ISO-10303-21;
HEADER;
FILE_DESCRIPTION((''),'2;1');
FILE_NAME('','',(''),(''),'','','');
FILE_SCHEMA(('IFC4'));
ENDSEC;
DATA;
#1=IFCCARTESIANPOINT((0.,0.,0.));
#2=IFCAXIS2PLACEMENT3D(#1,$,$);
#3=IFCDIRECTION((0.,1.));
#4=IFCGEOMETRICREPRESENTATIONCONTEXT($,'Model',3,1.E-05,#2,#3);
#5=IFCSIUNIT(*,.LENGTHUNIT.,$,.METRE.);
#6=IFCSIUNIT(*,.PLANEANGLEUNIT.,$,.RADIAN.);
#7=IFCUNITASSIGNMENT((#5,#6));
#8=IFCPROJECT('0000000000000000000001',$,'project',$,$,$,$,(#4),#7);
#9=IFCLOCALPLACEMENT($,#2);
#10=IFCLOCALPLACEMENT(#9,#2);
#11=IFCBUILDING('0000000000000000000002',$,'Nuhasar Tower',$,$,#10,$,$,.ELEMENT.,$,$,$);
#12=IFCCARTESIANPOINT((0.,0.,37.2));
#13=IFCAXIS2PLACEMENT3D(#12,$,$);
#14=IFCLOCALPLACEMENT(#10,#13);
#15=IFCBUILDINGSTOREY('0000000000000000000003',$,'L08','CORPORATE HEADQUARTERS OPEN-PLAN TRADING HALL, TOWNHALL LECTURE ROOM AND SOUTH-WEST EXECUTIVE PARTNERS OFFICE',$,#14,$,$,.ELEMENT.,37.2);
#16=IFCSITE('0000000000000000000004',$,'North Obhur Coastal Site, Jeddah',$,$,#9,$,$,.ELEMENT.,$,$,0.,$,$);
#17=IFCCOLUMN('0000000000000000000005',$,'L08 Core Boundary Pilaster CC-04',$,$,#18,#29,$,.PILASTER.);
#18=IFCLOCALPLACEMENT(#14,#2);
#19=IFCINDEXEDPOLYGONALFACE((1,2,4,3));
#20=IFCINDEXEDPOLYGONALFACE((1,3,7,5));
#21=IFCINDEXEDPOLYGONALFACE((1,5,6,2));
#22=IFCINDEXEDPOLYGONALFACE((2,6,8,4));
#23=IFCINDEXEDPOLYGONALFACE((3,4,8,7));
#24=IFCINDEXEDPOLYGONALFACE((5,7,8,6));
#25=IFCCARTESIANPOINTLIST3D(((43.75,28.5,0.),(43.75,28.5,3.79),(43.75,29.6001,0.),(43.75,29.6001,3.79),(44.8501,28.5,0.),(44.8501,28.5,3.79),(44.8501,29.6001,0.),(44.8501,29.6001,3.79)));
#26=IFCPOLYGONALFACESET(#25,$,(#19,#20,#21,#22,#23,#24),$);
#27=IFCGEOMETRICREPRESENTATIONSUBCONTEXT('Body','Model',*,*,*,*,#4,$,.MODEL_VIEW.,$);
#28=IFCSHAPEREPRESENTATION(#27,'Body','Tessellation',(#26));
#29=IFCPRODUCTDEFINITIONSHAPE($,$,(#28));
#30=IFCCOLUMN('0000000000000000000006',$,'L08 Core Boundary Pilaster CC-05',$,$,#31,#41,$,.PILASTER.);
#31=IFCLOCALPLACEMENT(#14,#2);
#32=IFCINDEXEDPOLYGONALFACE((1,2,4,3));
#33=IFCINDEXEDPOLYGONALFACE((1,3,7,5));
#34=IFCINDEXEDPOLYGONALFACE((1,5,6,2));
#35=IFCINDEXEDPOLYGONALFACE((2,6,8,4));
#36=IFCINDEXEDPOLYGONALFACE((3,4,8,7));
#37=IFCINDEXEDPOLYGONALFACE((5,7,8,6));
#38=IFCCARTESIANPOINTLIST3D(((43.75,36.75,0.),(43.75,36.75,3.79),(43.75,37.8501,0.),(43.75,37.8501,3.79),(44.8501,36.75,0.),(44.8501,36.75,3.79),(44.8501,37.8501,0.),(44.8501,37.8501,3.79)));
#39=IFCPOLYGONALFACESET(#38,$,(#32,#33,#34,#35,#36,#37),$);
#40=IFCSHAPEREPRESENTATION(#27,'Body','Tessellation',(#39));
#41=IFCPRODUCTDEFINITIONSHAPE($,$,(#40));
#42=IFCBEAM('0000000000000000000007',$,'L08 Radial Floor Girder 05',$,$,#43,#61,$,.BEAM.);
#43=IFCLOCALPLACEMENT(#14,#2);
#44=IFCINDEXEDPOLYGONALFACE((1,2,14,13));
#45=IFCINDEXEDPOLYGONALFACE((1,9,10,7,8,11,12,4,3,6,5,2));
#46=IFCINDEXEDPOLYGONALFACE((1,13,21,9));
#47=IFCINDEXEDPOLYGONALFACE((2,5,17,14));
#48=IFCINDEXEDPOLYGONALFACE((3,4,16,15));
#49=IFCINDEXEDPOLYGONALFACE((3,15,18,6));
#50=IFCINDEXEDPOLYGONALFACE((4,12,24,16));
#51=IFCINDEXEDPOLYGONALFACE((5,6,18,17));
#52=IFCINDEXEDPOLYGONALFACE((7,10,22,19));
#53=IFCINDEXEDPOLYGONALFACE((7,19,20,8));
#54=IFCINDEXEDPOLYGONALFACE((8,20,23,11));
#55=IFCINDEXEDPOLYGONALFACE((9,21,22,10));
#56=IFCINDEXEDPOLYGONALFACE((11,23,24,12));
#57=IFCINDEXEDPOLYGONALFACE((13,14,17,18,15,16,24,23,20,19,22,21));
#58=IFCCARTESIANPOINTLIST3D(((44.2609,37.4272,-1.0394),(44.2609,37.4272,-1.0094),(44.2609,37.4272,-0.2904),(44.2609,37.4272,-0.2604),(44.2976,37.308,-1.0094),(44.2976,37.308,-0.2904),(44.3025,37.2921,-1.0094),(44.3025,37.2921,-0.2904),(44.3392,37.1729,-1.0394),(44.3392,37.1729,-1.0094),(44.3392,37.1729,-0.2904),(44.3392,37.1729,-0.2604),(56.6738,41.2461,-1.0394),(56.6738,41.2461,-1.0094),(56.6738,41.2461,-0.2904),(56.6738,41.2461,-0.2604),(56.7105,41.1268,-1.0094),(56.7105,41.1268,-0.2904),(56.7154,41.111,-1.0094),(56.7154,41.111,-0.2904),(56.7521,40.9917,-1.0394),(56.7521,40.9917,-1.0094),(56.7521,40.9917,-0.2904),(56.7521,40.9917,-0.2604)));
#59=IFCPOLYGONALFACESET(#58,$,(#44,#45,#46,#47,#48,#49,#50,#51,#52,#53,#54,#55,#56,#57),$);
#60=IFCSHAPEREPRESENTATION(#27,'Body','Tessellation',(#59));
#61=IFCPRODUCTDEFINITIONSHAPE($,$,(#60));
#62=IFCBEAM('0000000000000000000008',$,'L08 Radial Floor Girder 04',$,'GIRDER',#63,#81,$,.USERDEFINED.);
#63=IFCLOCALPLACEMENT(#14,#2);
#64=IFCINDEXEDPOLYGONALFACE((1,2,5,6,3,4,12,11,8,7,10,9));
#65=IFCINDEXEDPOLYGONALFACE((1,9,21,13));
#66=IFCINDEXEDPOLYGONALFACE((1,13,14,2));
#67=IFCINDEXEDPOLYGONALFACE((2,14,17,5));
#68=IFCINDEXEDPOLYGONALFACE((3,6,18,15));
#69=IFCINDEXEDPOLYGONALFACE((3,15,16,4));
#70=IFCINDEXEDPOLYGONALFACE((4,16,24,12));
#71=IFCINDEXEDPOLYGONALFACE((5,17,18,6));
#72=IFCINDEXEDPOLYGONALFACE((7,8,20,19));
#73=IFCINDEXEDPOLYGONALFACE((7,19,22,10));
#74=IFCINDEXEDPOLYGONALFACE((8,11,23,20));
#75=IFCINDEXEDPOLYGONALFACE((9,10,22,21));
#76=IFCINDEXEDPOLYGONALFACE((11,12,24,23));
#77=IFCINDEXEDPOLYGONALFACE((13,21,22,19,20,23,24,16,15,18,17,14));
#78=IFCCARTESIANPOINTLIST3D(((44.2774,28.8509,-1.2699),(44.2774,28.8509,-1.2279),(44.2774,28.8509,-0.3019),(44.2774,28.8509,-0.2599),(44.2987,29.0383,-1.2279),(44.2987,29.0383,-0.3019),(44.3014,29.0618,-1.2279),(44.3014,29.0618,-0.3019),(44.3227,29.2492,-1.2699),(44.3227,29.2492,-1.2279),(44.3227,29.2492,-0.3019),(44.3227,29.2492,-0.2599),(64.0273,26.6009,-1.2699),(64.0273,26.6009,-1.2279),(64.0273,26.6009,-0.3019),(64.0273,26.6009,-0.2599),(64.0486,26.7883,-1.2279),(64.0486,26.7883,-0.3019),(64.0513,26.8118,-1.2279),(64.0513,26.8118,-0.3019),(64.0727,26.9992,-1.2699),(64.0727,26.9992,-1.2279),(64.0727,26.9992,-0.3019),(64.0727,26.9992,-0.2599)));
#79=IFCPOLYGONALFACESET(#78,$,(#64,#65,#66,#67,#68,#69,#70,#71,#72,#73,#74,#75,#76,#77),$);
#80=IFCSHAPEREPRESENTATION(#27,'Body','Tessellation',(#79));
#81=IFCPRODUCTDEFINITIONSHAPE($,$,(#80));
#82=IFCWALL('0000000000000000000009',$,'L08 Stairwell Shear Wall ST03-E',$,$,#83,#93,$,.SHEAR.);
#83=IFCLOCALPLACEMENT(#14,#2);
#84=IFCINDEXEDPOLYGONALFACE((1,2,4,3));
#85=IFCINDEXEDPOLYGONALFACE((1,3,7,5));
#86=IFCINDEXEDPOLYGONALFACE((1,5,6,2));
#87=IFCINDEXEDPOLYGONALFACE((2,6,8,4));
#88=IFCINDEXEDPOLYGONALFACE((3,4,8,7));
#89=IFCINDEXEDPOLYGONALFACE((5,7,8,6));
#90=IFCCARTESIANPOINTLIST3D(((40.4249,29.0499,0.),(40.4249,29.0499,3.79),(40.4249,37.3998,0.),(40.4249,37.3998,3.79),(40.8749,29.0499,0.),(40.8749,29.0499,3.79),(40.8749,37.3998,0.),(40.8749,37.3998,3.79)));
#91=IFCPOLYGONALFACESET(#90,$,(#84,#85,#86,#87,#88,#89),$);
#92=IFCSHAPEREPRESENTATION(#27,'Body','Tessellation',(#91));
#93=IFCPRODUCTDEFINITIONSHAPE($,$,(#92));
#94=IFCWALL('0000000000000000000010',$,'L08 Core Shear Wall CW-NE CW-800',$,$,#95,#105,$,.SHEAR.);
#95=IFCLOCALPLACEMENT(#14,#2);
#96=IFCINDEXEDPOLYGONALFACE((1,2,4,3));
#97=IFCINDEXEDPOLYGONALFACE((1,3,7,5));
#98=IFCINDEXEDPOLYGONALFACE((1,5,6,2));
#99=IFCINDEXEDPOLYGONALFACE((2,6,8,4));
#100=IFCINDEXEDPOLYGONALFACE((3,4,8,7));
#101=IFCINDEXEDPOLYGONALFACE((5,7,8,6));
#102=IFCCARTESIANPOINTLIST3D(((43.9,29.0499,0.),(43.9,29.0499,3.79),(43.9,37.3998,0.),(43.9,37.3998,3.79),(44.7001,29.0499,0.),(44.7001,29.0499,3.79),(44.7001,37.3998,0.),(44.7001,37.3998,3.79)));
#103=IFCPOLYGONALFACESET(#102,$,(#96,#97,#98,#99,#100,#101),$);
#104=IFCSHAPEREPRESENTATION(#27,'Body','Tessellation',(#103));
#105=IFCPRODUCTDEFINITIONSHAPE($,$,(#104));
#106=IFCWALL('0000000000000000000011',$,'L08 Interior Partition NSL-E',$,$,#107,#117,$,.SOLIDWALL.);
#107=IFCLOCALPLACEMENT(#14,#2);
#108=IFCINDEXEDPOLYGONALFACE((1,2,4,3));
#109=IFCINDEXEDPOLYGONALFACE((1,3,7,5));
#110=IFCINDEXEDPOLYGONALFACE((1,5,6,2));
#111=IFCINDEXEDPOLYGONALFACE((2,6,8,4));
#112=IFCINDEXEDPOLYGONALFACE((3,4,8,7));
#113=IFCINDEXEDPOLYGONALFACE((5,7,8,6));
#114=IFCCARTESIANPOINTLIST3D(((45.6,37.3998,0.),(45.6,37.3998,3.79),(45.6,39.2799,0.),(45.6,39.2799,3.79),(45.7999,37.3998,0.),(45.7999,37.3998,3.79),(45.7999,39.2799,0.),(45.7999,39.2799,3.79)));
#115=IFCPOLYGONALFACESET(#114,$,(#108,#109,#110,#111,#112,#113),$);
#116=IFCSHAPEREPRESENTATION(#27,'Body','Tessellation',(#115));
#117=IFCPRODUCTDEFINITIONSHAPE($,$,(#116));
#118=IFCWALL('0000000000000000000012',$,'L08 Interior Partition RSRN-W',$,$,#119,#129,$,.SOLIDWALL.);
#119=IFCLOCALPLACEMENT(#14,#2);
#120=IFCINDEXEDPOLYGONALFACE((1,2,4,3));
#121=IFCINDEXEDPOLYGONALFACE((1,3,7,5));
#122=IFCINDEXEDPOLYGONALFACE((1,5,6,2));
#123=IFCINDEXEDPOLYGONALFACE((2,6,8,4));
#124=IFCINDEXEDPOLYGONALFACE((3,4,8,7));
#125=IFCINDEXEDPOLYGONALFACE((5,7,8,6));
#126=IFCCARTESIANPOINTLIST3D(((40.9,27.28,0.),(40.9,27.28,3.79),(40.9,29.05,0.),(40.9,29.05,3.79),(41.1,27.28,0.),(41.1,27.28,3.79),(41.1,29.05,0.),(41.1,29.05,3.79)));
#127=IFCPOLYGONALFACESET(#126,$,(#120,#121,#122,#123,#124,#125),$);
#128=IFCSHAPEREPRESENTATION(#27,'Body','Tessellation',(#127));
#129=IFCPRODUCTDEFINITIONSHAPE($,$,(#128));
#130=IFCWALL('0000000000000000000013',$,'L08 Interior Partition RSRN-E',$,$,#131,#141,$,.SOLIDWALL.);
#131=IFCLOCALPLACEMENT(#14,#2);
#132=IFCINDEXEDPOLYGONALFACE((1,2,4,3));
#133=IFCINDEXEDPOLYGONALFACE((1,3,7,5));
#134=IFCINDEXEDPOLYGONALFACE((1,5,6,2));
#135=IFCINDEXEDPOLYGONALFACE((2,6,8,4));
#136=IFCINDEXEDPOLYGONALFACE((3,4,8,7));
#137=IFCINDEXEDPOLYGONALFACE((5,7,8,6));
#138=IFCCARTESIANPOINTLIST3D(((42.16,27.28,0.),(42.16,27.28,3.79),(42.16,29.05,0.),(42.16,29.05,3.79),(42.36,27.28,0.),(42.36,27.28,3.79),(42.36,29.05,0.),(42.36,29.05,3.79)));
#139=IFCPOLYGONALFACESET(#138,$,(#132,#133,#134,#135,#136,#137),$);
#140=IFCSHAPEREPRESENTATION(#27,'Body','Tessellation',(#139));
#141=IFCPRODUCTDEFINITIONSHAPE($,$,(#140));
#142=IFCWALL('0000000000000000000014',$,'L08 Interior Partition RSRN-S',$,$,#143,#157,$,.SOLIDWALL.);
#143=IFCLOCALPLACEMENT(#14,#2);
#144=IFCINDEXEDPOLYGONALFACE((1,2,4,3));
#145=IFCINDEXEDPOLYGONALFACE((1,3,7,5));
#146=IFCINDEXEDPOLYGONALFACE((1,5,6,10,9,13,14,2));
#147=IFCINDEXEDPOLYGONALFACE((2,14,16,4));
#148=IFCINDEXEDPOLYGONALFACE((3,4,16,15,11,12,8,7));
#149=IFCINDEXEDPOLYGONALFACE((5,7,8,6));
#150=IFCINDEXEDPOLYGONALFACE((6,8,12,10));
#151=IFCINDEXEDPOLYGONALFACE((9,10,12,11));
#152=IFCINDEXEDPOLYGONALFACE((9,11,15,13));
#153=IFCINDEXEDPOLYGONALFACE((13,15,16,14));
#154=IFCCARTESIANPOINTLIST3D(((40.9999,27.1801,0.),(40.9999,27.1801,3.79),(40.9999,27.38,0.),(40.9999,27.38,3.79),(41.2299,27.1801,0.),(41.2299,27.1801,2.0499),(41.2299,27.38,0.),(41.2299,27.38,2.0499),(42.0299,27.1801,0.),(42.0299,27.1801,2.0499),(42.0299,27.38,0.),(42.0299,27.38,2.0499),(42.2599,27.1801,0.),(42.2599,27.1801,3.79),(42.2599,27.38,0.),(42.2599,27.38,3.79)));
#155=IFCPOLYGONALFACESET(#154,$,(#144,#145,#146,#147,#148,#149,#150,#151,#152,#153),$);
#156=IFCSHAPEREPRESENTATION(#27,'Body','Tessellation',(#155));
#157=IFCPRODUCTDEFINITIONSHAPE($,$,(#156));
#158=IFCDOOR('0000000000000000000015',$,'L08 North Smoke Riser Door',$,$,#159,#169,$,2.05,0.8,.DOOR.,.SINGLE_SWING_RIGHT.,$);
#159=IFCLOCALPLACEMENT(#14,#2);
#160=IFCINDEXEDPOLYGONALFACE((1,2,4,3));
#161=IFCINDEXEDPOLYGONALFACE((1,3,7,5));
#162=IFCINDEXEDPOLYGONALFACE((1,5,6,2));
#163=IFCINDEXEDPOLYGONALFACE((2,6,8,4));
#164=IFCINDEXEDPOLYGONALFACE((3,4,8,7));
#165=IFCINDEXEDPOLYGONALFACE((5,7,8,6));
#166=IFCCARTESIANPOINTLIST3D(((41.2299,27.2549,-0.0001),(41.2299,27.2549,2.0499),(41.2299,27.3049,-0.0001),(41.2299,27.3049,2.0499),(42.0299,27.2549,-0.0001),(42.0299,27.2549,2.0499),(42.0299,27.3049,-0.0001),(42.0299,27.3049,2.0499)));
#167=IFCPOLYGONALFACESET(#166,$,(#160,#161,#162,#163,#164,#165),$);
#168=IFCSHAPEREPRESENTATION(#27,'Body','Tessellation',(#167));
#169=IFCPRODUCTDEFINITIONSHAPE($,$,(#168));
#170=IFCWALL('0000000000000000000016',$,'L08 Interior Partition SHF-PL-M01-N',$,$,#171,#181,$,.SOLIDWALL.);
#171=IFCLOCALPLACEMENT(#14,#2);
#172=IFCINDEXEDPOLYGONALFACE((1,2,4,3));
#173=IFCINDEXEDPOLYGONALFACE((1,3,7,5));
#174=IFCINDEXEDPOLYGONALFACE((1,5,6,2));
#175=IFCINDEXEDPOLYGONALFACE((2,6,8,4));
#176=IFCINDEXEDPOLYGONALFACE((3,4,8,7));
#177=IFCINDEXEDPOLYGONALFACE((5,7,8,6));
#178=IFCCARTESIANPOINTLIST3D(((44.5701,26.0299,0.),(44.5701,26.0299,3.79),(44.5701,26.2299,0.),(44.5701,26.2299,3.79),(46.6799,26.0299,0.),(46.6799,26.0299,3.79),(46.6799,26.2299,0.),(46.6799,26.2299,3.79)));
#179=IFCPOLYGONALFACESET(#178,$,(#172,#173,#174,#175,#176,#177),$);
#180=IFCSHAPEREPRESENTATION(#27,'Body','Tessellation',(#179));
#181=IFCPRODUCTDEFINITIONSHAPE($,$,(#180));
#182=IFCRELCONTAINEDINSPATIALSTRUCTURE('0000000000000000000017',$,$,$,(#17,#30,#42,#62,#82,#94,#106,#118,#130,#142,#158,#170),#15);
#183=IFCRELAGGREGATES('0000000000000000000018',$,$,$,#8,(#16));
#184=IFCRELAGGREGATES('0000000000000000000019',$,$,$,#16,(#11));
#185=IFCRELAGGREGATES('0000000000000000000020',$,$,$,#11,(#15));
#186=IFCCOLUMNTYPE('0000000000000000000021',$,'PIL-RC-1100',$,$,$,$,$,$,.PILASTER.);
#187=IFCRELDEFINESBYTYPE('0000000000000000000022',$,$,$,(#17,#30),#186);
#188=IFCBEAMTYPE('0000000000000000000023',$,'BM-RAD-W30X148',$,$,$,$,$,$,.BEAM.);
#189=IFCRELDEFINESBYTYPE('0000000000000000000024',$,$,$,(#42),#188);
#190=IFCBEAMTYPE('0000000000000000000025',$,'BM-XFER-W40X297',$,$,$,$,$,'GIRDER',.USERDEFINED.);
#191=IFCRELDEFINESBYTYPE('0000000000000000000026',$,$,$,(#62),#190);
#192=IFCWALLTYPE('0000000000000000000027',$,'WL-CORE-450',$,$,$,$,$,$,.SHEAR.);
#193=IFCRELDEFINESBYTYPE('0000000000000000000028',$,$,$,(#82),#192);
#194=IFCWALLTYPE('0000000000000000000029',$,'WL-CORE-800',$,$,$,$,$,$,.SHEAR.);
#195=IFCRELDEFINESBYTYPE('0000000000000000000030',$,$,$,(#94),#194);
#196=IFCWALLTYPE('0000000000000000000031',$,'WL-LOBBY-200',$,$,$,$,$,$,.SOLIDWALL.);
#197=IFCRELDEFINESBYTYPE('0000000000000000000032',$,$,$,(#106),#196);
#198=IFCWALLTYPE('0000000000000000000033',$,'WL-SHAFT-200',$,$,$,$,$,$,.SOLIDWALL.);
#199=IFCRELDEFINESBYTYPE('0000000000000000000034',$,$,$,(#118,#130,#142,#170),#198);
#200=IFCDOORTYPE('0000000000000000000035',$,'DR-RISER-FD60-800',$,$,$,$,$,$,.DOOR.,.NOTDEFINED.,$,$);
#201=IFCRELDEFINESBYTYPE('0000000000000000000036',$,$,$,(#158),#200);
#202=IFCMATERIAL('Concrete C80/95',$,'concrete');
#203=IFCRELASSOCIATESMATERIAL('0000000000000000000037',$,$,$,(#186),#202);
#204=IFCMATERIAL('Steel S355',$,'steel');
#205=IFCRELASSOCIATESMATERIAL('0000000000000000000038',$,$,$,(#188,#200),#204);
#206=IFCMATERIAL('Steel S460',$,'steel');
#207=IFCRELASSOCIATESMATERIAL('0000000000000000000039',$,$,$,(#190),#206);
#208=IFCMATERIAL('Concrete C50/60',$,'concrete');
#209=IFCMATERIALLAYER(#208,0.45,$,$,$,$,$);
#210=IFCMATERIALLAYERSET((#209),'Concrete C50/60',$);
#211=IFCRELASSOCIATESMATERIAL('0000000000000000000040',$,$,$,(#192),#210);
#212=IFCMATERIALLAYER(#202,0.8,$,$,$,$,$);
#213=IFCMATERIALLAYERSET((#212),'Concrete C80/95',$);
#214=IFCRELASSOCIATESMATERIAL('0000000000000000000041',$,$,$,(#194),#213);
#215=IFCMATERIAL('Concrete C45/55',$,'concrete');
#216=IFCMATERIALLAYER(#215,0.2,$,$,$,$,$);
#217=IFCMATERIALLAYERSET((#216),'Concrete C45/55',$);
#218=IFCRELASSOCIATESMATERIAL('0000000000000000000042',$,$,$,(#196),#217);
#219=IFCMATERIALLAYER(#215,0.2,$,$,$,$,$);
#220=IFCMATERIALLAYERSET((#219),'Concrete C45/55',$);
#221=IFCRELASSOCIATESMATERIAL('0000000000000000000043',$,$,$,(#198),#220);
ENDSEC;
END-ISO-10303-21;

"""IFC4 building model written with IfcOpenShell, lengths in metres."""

from ifc_helpers import new_model, si_unit, direction, frame, frame_2d, origin, origin_2d, place, context, subcontext, project, spatial, rectangle, i_section, extrude, material, layer, layer_set, material_profile, profile_set, type_object, element, fill, save


model = new_model("IFC4")

# Units and contexts
model_context = context("Model", 3, precision=1e-05, world=origin(), true_north=direction((0.0, 1.0)))
body_context = subcontext(model_context, "Body", "Model", "MODEL_VIEW")
ifc_project = project(units=[si_unit("LENGTHUNIT", "METRE"), si_unit("PLANEANGLEUNIT", "RADIAN")], contexts=[model_context])

# Site, building, storey
site_placement = place(None, origin())
site = spatial("IfcSite", under=ifc_project, at=site_placement, Name="North Obhur Coastal Site, Jeddah", CompositionType="ELEMENT", RefElevation=0.0)
building_placement = place(site_placement, origin())
building = spatial("IfcBuilding", under=site, at=building_placement, Name="Nuhasar Tower", CompositionType="ELEMENT")
storey_placement = place(building_placement, frame((0.0, 0.0, 37.2)))
storey = spatial("IfcBuildingStorey", under=building, at=storey_placement, Name="L08", Description="CORPORATE HEADQUARTERS OPEN-PLAN TRADING HALL, TOWNHALL LECTURE ROOM AND SOUTH-WEST EXECUTIVE PARTNERS OFFICE", CompositionType="ELEMENT", Elevation=37.2)

# Columns
ifc_material_1 = material(Name="Concrete C80/95", Category="concrete")
ifc_material_profile_1 = material_profile(ifc_material_1, rectangle(XDim=1.1001, YDim=1.1001, at=origin_2d()), Name="RC1100X1100")
ifc_profile_set_1 = profile_set([ifc_material_profile_1], Name="Concrete C80/95")
column_type = type_object("IfcColumnType", Name="PIL-RC-1100", PredefinedType="PILASTER", material=ifc_profile_set_1)
for number, where, z_axis, x_axis, name in (
    (1, (44.3, 29.05, 0.0), (0.0, 0.0, 1.0), (1.0, 0.0, 0.0), "L08 Core Boundary Pilaster CC-04"),
    (2, (44.3, 37.3, 0.0), (0.0, 0.0, 1.0), (1.0, 0.0, 0.0), "L08 Core Boundary Pilaster CC-05"),
):
    element("IfcColumn", number, at=place(storey_placement, frame(where, z_axis=z_axis, x_axis=x_axis)), inside=storey, type_object=column_type, Name=name, PredefinedType="PILASTER", context=body_context, shape_type="SweptSolid", body=[
        extrude(rectangle(XDim=1.1001, YDim=1.1001, at=origin_2d()), origin(), (0.0, 0.0, 1.0), 3.79),
    ])

# Beams
ifc_material_2 = material(Name="Steel S355", Category="steel")
ifc_material_profile_2 = material_profile(ifc_material_2, i_section(OverallWidth=0.2661, OverallDepth=0.7791, WebThickness=0.0166, FlangeThickness=0.03, at=origin_2d()), Name="W30X148")
ifc_profile_set_2 = profile_set([ifc_material_profile_2], Name="Steel S355")
beam_type_1 = type_object("IfcBeamType", Name="BM-RAD-W30X148", PredefinedType="BEAM", material=ifc_profile_set_2)
beam_1_placement = place(storey_placement, frame((44.3, 37.3, -0.6499), z_axis=(0.95579, 0.294052, 0.0), x_axis=(-0.294052, 0.95579, 0.0)))
element("IfcBeam", 3, at=beam_1_placement, inside=storey, type_object=beam_type_1, Name="L08 Radial Floor Girder 05", PredefinedType="BEAM", context=body_context, shape_type="SweptSolid", body=[
    extrude(i_section(OverallWidth=0.2661, OverallDepth=0.7791, WebThickness=0.0166, FlangeThickness=0.03, at=origin_2d()), origin(), (0.0, 0.0, 1.0), 12.9871),
])
ifc_material_3 = material(Name="Steel S460", Category="steel")
ifc_material_profile_3 = material_profile(ifc_material_3, i_section(OverallWidth=0.4009, OverallDepth=1.01, WebThickness=0.0237, FlangeThickness=0.042, at=origin_2d()), Name="W40X297")
ifc_profile_set_3 = profile_set([ifc_material_profile_3], Name="Steel S460")
beam_type_2 = type_object("IfcBeamType", Name="BM-XFER-W40X297", ElementType="GIRDER", PredefinedType="USERDEFINED", material=ifc_profile_set_3)
beam_2_placement = place(storey_placement, frame((44.3, 29.05, -0.7649), z_axis=(0.993573, -0.113192, 0.0), x_axis=(0.113192, 0.993573, 0.0)))
element("IfcBeam", 4, at=beam_2_placement, inside=storey, type_object=beam_type_2, Name="L08 Radial Floor Girder 04", ObjectType="GIRDER", PredefinedType="USERDEFINED", context=body_context, shape_type="SweptSolid", body=[
    extrude(i_section(OverallWidth=0.4009, OverallDepth=1.01, WebThickness=0.0237, FlangeThickness=0.042, at=origin_2d()), origin(), (0.0, 0.0, 1.0), 19.8777),
])

# Shared definitions
ifc_material_4 = material(Name="Concrete C50/60", Category="concrete")
ifc_layer_1 = layer(ifc_material_4, 0.45)
ifc_layer_set_1 = layer_set([ifc_layer_1], Name="Concrete C50/60")
wall_type_1 = type_object("IfcWallType", Name="WL-CORE-450", PredefinedType="SHEAR", material=ifc_layer_set_1)

# Wall
wall_1_placement = place(storey_placement, frame((40.6499, 29.05, 0.0), z_axis=(0.0, 0.0, 1.0), x_axis=(0.0, 1.0, 0.0)))
element("IfcWall", 5, at=wall_1_placement, inside=storey, type_object=wall_type_1, Name="L08 Stairwell Shear Wall ST03-E", PredefinedType="SHEAR", context=body_context, shape_type="SweptSolid", body=[
    extrude(rectangle(XDim=8.3499, YDim=0.45, at=frame_2d((4.1748, 0.0))), origin(), (0.0, 0.0, 1.0), 3.79),
])

# Walls
ifc_layer_2 = layer(ifc_material_1, 0.8)
ifc_layer_set_2 = layer_set([ifc_layer_2], Name="Concrete C80/95")
wall_type_2 = type_object("IfcWallType", Name="WL-CORE-800", PredefinedType="SHEAR", material=ifc_layer_set_2)
wall_2_placement = place(storey_placement, frame((44.3, 29.05, 0.0), z_axis=(0.0, 0.0, 1.0), x_axis=(0.0, 1.0, 0.0)))
element("IfcWall", 6, at=wall_2_placement, inside=storey, type_object=wall_type_2, Name="L08 Core Shear Wall CW-NE CW-800", PredefinedType="SHEAR", context=body_context, shape_type="SweptSolid", body=[
    extrude(rectangle(XDim=8.3499, YDim=0.8, at=frame_2d((4.1748, 0.0))), origin(), (0.0, 0.0, 1.0), 3.79),
])
ifc_material_5 = material(Name="Concrete C45/55", Category="concrete")
ifc_layer_3 = layer(ifc_material_5, 0.2)
ifc_layer_set_3 = layer_set([ifc_layer_3], Name="Concrete C45/55")
wall_type_3 = type_object("IfcWallType", Name="WL-LOBBY-200", PredefinedType="SOLIDWALL", material=ifc_layer_set_3)
wall_3_placement = place(storey_placement, frame((45.7, 37.3999, 0.0), z_axis=(0.0, 0.0, 1.0), x_axis=(0.0, 1.0, 0.0)))
element("IfcWall", 7, at=wall_3_placement, inside=storey, type_object=wall_type_3, Name="L08 Interior Partition NSL-E", PredefinedType="SOLIDWALL", context=body_context, shape_type="SweptSolid", body=[
    extrude(rectangle(XDim=1.8801, YDim=0.2, at=frame_2d((0.9399, 0.0))), origin(), (0.0, 0.0, 1.0), 3.79),
])
ifc_layer_4 = layer(ifc_material_5, 0.2)
ifc_layer_set_4 = layer_set([ifc_layer_4], Name="Concrete C45/55")
wall_type_4 = type_object("IfcWallType", Name="WL-SHAFT-200", PredefinedType="SOLIDWALL", material=ifc_layer_set_4)
for number, where, z_axis, x_axis, name in (
    (8, (41.0, 27.28, 0.0), (0.0, 0.0, 1.0), (0.0, 1.0, 0.0), "L08 Interior Partition RSRN-W"),
    (9, (42.26, 27.28, 0.0), (0.0, 0.0, 1.0), (0.0, 1.0, 0.0), "L08 Interior Partition RSRN-E"),
):
    element("IfcWall", number, at=place(storey_placement, frame(where, z_axis=z_axis, x_axis=x_axis)), inside=storey, type_object=wall_type_4, Name=name, PredefinedType="SOLIDWALL", context=body_context, shape_type="SweptSolid", body=[
        extrude(rectangle(XDim=1.77, YDim=0.2, at=frame_2d((0.885, 0.0))), origin(), (0.0, 0.0, 1.0), 3.79),
    ])

# Wall, opening, door
wall_4_placement = place(storey_placement, frame((41.0, 27.28, 0.0), z_axis=(0.0, 0.0, 1.0), x_axis=(1.0, 0.0, 0.0)))
wall_4 = element("IfcWall", 10, at=wall_4_placement, inside=storey, type_object=wall_type_4, Name="L08 Interior Partition RSRN-S", PredefinedType="SOLIDWALL", context=body_context, shape_type="SweptSolid", body=[
    extrude(rectangle(XDim=1.26, YDim=0.2, at=frame_2d((0.6299, 0.0))), origin(), (0.0, 0.0, 1.0), 3.79),
])
opening_1_placement = place(wall_4_placement, frame((0.23, 0.0, 0.0)))
opening_1 = element("IfcOpeningElement", 11, at=opening_1_placement, cuts=wall_4, PredefinedType="OPENING", context=body_context, shape_type="SweptSolid", body=[
    extrude(rectangle(XDim=0.8, YDim=2.05, at=frame_2d((0.3999, 1.0249))), frame((0.0, 0.1099, 0.0), z_axis=(0.0, -1.0, 0.0), x_axis=(1.0, 0.0, 0.0)), (0.0, 0.0, 1.0), 0.22),
])
door_type_1 = type_object("IfcDoorType", Name="DR-RISER-FD60-800", OperationType="NOTDEFINED", PredefinedType="DOOR", material=ifc_material_2)
door_1_placement = place(opening_1_placement, origin())
door_1 = element("IfcDoor", 12, at=door_1_placement, inside=storey, type_object=door_type_1, Name="L08 North Smoke Riser Door", OperationType="SINGLE_SWING_RIGHT", OverallHeight=2.05, OverallWidth=0.8, PredefinedType="DOOR", context=body_context, shape_type="SweptSolid", body=[
    extrude(rectangle(XDim=0.8, YDim=2.05, at=frame_2d((0.3999, 1.0249))), frame((0.0, 0.0249, 0.0), z_axis=(0.0, -1.0, 0.0), x_axis=(1.0, 0.0, 0.0)), (0.0, 0.0, 1.0), 0.05),
])
fill(opening_1, door_1)

# Wall
wall_5_placement = place(storey_placement, frame((44.5701, 26.1299, 0.0), z_axis=(0.0, 0.0, 1.0), x_axis=(1.0, 0.0, 0.0)))
element("IfcWall", 13, at=wall_5_placement, inside=storey, type_object=wall_type_4, Name="L08 Interior Partition SHF-PL-M01-N", PredefinedType="SOLIDWALL", context=body_context, shape_type="SweptSolid", body=[
    extrude(rectangle(XDim=2.1099, YDim=0.2, at=frame_2d((1.0549, 0.0))), origin(), (0.0, 0.0, 1.0), 3.79),
])

save(model, "model.ifc")
